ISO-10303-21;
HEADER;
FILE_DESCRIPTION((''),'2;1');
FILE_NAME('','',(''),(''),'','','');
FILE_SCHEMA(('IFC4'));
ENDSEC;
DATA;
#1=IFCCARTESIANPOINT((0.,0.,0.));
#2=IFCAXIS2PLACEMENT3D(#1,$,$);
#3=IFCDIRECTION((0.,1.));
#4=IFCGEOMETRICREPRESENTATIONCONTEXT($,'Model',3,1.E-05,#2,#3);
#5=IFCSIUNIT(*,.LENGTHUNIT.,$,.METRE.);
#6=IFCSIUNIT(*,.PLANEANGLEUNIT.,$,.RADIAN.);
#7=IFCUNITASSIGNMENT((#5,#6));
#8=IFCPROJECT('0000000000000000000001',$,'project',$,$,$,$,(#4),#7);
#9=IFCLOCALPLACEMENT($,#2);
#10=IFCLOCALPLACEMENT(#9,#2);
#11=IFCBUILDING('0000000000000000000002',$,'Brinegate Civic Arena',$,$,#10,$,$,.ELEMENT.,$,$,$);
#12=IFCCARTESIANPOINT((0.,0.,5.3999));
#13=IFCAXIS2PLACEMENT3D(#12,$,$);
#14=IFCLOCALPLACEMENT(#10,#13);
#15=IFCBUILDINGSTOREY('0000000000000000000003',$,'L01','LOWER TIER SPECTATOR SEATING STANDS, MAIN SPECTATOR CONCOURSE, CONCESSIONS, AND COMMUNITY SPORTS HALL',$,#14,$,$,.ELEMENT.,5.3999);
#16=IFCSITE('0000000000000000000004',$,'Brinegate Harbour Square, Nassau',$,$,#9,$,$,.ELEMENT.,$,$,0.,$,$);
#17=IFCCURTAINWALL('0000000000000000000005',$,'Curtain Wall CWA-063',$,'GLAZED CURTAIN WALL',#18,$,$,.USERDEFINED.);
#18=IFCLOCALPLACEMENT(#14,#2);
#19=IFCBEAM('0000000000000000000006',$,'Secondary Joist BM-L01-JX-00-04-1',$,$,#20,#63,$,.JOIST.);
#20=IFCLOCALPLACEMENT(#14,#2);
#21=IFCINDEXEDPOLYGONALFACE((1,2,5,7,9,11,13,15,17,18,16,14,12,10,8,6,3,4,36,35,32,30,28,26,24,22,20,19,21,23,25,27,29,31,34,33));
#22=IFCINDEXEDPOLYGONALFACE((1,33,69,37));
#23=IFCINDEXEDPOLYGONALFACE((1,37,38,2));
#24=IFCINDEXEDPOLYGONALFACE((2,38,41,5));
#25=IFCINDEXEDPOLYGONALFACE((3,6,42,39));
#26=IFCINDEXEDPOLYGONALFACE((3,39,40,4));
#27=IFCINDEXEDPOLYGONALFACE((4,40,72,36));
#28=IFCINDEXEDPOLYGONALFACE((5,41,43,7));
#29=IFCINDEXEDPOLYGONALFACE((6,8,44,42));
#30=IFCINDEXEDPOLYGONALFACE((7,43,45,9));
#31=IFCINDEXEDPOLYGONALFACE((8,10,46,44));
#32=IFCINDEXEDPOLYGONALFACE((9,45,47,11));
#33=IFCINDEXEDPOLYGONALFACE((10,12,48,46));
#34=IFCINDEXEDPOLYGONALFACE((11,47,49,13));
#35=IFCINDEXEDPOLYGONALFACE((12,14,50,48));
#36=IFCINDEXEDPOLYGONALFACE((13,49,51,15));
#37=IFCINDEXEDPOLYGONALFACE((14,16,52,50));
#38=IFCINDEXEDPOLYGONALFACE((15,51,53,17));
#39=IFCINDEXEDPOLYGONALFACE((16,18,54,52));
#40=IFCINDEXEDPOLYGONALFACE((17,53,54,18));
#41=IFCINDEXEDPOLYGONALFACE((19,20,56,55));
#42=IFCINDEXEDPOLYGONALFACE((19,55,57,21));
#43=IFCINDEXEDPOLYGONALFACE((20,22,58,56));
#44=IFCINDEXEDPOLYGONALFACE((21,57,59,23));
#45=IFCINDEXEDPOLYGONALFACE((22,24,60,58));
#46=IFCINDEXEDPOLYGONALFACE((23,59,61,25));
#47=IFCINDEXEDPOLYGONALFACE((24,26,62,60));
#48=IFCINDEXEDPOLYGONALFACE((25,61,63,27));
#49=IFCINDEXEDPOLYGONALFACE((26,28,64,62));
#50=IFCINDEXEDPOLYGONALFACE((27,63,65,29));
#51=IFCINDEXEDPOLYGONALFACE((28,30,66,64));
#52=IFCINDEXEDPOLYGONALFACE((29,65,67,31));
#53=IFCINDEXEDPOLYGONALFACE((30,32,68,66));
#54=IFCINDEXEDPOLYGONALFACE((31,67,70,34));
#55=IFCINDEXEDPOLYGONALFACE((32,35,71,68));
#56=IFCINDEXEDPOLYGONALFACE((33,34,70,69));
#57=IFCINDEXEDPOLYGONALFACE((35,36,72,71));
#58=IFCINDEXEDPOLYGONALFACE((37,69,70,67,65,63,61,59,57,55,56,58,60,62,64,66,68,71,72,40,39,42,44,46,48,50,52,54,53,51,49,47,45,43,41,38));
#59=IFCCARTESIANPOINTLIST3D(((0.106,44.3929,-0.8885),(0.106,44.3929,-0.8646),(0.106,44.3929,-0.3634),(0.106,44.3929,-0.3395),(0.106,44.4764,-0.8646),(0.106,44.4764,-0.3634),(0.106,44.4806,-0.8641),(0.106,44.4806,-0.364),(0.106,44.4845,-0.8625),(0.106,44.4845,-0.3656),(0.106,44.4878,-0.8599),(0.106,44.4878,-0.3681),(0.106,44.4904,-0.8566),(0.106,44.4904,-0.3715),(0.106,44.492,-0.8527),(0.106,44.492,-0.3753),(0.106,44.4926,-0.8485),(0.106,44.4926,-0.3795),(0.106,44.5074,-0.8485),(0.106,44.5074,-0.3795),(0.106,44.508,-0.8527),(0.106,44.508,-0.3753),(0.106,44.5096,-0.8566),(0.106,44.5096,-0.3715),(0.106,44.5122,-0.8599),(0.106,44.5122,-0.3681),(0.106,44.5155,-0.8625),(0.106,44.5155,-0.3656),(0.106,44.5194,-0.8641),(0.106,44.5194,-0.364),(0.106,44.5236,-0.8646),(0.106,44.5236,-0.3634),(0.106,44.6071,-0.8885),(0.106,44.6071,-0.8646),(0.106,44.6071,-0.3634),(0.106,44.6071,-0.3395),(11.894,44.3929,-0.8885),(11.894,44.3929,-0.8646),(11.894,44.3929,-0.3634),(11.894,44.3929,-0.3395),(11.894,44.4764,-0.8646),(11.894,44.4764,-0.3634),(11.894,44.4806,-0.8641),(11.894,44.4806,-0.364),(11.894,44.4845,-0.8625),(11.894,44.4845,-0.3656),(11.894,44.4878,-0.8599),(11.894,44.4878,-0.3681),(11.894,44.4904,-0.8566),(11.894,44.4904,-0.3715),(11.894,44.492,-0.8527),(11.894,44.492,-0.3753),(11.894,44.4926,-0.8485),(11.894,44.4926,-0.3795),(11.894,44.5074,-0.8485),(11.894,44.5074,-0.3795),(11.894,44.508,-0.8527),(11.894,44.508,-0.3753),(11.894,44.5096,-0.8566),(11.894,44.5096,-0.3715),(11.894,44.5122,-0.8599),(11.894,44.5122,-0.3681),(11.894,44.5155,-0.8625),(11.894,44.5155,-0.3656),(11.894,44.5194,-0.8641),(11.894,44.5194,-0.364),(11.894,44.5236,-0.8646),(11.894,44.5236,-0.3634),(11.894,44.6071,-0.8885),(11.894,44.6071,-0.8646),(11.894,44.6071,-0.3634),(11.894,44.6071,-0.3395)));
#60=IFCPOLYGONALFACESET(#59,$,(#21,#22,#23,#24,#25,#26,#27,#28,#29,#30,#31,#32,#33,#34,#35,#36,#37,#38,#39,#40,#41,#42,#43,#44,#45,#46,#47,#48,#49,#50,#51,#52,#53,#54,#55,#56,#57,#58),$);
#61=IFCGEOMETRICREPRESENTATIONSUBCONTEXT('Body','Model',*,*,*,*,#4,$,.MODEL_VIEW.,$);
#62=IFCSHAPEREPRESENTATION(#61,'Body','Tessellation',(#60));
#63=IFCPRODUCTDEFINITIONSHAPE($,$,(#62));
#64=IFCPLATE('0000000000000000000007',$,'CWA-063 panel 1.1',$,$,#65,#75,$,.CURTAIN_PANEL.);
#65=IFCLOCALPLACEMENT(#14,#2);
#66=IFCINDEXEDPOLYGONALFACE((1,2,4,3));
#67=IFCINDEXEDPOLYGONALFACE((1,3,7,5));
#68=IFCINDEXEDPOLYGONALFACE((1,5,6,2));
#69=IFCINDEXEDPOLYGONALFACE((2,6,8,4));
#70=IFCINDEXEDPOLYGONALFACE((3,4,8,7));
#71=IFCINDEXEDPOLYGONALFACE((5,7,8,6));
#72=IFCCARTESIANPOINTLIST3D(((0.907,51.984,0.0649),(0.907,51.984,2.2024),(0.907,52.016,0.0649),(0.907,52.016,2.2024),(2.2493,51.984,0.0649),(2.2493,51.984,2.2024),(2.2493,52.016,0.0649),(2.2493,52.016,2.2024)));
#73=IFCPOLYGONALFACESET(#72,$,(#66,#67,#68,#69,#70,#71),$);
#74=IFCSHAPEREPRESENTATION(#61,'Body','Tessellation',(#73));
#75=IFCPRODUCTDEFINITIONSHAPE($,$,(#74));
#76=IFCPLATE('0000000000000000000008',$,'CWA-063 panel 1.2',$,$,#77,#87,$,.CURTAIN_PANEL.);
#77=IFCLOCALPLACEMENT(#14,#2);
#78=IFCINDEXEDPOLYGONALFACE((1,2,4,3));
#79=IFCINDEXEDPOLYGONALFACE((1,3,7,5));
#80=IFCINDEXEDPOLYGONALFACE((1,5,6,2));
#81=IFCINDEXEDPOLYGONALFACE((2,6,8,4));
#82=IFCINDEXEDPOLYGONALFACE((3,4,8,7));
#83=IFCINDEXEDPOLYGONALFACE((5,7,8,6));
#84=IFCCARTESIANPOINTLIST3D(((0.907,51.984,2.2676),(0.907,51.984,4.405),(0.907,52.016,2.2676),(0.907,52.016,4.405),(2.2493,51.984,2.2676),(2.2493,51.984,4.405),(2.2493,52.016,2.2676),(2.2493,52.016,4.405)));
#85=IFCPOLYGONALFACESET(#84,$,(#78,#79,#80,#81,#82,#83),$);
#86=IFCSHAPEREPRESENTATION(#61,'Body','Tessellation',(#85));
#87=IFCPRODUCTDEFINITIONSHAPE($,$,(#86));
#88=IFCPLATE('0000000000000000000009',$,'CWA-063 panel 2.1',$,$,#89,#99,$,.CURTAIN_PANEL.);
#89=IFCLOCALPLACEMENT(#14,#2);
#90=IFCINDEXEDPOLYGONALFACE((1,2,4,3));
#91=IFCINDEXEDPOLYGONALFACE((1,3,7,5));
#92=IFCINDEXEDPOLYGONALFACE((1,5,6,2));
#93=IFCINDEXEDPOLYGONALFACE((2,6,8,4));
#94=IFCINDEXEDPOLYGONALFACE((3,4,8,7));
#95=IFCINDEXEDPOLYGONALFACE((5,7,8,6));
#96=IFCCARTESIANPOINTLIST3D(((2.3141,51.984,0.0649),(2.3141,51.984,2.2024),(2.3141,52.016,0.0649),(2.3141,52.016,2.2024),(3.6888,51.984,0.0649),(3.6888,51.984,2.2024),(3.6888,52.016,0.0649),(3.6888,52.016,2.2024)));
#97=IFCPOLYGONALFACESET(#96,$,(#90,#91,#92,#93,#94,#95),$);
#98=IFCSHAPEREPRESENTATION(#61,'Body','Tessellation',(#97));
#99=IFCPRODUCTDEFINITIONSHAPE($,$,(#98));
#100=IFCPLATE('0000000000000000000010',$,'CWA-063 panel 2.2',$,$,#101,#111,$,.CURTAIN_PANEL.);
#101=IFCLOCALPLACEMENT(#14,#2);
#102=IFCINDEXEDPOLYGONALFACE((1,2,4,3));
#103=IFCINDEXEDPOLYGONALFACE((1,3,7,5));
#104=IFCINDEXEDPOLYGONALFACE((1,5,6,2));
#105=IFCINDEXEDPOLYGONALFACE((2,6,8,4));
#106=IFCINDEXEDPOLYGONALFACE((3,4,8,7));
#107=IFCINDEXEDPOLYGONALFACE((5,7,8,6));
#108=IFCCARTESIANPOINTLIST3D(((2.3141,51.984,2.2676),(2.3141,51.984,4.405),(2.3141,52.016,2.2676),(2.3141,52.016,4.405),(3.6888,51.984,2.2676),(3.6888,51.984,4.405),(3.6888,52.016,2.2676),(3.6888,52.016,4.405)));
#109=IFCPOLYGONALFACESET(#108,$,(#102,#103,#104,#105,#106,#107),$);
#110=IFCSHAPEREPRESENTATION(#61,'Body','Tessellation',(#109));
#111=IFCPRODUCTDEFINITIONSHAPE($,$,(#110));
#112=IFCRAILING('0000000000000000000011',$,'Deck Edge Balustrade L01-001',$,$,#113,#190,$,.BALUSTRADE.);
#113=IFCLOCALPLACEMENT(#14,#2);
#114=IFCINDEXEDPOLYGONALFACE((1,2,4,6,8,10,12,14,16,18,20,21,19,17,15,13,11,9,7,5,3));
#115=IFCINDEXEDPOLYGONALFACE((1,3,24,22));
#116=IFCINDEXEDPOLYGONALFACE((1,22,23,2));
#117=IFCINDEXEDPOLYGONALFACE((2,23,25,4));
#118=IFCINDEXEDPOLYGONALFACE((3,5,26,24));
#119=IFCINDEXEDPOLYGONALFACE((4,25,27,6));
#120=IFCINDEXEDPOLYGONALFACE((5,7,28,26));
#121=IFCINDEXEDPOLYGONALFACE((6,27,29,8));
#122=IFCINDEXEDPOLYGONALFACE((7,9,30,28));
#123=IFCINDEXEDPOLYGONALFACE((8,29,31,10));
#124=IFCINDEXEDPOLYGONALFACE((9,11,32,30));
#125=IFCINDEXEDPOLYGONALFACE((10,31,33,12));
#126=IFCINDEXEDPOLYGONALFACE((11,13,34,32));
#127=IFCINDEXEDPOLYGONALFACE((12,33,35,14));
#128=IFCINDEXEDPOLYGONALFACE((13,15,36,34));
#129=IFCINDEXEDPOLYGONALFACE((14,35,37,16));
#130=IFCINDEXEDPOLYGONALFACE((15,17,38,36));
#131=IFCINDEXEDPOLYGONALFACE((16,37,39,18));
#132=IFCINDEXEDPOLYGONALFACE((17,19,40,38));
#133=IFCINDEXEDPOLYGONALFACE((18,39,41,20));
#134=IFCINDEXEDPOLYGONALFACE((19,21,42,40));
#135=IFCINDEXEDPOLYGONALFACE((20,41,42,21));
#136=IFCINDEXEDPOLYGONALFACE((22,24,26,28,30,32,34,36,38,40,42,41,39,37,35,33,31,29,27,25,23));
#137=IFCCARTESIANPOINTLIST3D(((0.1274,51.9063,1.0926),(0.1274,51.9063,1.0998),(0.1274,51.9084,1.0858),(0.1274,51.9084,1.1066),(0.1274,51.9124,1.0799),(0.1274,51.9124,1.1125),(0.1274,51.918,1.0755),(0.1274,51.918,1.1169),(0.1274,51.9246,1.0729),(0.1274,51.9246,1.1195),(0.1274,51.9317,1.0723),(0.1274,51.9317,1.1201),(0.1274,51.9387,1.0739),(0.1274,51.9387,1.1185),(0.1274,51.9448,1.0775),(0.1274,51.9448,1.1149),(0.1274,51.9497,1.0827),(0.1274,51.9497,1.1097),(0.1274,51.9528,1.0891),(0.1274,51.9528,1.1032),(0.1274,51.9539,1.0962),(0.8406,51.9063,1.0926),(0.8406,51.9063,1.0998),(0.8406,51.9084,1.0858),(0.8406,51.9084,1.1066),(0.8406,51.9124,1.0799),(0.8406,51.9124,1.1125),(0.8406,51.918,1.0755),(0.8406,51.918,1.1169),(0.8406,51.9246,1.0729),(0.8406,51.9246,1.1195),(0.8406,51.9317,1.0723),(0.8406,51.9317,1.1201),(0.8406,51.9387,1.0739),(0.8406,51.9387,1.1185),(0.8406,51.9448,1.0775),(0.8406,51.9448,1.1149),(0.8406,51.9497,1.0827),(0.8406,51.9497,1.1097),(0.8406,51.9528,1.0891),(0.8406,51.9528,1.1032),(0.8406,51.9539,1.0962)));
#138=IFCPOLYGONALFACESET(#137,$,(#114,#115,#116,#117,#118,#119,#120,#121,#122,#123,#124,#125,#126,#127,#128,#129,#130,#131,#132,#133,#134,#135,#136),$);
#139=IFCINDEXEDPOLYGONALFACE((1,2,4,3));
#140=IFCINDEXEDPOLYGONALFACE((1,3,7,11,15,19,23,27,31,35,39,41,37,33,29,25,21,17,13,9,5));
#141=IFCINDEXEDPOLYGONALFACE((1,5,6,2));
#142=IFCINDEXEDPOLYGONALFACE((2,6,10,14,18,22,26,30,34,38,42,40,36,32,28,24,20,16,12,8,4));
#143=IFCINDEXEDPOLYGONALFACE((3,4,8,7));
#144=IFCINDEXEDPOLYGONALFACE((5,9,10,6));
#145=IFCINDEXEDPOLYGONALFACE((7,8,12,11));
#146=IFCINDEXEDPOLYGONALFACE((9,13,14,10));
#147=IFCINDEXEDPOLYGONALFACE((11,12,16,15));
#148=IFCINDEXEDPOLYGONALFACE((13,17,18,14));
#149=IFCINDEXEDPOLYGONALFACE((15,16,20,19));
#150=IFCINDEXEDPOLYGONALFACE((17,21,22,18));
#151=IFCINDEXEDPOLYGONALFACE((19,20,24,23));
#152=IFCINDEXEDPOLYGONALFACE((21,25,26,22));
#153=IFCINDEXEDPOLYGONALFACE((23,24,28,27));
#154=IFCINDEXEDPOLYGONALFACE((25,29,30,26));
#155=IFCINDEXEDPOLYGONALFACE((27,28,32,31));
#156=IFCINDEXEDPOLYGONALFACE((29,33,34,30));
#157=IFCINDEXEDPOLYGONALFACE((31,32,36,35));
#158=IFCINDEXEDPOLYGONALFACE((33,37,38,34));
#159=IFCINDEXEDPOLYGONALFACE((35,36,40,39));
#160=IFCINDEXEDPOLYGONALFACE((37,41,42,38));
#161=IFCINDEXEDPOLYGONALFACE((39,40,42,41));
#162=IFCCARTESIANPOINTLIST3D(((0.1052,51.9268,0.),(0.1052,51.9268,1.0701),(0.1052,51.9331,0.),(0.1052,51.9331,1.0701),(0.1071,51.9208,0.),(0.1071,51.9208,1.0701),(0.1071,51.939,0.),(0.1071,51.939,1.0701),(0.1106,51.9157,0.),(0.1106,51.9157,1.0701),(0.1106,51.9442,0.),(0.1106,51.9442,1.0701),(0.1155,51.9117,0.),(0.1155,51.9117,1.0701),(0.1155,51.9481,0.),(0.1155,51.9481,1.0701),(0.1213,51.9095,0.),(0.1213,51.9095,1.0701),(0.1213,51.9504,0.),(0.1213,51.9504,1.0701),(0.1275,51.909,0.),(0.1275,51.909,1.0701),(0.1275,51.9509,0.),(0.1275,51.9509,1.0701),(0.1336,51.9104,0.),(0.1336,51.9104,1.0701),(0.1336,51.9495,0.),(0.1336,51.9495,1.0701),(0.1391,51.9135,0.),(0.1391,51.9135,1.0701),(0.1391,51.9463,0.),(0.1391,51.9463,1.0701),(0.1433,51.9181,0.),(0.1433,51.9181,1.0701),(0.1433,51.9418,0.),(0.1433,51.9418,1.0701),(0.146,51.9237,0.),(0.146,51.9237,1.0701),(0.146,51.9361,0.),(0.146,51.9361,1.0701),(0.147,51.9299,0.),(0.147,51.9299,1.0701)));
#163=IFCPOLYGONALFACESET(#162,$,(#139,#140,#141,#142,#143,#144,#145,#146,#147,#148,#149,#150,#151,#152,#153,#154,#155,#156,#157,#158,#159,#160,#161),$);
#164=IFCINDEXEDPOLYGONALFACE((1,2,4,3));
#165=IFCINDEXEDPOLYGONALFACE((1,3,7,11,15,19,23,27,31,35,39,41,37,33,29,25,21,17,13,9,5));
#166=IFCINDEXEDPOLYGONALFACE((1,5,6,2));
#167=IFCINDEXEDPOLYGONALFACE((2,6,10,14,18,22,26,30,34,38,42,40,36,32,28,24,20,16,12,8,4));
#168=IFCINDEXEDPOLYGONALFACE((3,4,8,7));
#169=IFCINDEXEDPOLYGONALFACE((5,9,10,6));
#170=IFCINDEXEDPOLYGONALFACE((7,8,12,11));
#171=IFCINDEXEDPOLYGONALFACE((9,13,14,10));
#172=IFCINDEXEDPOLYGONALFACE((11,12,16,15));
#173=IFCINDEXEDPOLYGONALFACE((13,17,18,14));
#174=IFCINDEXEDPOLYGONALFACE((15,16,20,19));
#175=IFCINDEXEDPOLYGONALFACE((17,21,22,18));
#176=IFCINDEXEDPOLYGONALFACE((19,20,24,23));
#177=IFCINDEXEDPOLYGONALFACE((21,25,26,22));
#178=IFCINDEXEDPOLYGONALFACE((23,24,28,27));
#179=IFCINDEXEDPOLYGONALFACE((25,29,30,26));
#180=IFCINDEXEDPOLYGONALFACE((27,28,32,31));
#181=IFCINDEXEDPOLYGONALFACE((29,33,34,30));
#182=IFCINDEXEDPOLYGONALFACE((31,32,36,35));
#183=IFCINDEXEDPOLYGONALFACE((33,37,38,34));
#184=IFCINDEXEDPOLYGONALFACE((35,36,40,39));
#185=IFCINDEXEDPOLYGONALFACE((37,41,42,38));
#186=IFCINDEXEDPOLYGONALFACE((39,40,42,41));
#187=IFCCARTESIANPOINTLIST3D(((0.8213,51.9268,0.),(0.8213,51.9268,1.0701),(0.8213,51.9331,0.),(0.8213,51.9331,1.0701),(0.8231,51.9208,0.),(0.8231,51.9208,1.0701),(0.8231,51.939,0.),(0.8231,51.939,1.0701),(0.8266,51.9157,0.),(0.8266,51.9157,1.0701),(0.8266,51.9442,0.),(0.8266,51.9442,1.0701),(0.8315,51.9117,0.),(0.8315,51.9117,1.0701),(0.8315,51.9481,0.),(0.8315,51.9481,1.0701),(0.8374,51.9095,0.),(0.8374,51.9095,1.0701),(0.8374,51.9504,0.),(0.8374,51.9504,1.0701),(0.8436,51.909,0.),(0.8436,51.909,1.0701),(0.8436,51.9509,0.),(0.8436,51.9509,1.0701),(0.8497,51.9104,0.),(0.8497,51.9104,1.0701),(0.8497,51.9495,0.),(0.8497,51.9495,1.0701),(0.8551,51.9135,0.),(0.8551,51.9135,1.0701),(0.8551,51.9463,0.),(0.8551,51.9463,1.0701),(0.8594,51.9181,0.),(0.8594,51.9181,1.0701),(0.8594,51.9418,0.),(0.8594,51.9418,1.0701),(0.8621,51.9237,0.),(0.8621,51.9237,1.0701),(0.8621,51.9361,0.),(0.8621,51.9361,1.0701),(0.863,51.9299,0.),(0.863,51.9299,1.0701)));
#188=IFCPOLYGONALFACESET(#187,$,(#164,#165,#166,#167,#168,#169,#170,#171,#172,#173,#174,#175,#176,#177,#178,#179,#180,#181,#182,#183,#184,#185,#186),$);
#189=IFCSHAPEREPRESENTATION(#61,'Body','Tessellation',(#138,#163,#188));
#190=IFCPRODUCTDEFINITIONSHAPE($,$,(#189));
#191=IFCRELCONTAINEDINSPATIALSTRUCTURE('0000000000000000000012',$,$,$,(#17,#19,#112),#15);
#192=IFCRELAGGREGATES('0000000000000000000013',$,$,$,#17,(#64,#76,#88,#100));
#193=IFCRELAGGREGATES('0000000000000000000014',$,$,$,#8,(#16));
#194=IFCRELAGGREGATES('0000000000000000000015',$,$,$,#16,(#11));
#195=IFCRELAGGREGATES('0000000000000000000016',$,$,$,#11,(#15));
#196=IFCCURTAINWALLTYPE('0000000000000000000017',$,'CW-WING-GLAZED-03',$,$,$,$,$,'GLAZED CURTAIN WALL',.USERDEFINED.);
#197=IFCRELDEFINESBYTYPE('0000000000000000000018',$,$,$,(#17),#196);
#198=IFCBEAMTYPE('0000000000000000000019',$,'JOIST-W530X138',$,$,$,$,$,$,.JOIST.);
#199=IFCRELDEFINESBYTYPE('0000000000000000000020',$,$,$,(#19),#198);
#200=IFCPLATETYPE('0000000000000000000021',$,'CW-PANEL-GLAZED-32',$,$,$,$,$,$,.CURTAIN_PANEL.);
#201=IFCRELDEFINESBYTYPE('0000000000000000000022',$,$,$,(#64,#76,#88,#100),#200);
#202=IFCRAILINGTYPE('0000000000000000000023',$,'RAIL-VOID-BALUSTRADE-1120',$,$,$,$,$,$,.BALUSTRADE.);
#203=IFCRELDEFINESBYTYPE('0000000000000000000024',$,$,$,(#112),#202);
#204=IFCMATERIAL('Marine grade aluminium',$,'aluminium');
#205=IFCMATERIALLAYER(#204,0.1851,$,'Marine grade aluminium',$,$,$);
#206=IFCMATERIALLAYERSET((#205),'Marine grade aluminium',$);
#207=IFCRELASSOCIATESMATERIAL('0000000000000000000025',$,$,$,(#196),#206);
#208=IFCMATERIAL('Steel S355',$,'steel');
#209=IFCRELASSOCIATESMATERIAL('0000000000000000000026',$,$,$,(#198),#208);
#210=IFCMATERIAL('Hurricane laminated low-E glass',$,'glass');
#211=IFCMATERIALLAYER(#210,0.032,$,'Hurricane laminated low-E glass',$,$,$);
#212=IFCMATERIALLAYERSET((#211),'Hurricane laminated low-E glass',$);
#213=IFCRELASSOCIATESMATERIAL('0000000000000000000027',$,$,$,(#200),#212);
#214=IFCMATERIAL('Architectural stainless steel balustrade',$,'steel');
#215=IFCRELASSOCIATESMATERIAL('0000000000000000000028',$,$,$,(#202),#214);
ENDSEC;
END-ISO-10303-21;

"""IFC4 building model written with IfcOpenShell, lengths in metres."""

from ifc_helpers import new_model, si_unit, direction, frame, origin, origin_2d, place, context, subcontext, project, spatial, rectangle, circle, i_section, extrude, material, layer, layer_set, material_profile, profile_set, type_object, element, aggregate, save


model = new_model("IFC4")

# Units and contexts
model_context = context("Model", 3, precision=1e-05, world=origin(), true_north=direction((0.0, 1.0)))
body_context = subcontext(model_context, "Body", "Model", "MODEL_VIEW")
ifc_project = project(units=[si_unit("LENGTHUNIT", "METRE"), si_unit("PLANEANGLEUNIT", "RADIAN")], contexts=[model_context])

# Site, building, storey
site_placement = place(None, origin())
site = spatial("IfcSite", under=ifc_project, at=site_placement, Name="Brinegate Harbour Square, Nassau", CompositionType="ELEMENT", RefElevation=0.0)
building_placement = place(site_placement, origin())
building = spatial("IfcBuilding", under=site, at=building_placement, Name="Brinegate Civic Arena", CompositionType="ELEMENT")
storey_placement = place(building_placement, frame((0.0, 0.0, 5.3999)))
storey = spatial("IfcBuildingStorey", under=building, at=storey_placement, Name="L01", Description="LOWER TIER SPECTATOR SEATING STANDS, MAIN SPECTATOR CONCOURSE, CONCESSIONS, AND COMMUNITY SPORTS HALL", CompositionType="ELEMENT", Elevation=5.3999)

# Curtain wall
ifc_material_1 = material(Name="Marine grade aluminium", Category="aluminium")
ifc_layer_1 = layer(ifc_material_1, 0.1851, Name="Marine grade aluminium")
ifc_layer_set_1 = layer_set([ifc_layer_1], Name="Marine grade aluminium")
curtain_wall_type = type_object("IfcCurtainWallType", Name="CW-WING-GLAZED-03", ElementType="GLAZED CURTAIN WALL", PredefinedType="USERDEFINED", material=ifc_layer_set_1)
curtain_wall_placement = place(storey_placement, origin())
curtain_wall = element("IfcCurtainWall", 1, at=curtain_wall_placement, inside=storey, type_object=curtain_wall_type, Name="Curtain Wall CWA-063", ObjectType="GLAZED CURTAIN WALL", PredefinedType="USERDEFINED")

# Beam
ifc_material_2 = material(Name="Steel S355", Category="steel")
ifc_material_profile_1 = material_profile(ifc_material_2, i_section(OverallWidth=0.2141, OverallDepth=0.5491, WebThickness=0.0149, FlangeThickness=0.0239, FilletRadius=0.0161, at=origin_2d()), Name="W530X138")
ifc_profile_set_1 = profile_set([ifc_material_profile_1], Name="Steel S355")
beam_type_1 = type_object("IfcBeamType", Name="JOIST-W530X138", PredefinedType="JOIST", material=ifc_profile_set_1)
beam_1_placement = place(storey_placement, frame((0.106, 44.5, -0.614), z_axis=(1.0, 0.0, 0.0), x_axis=(0.0, 1.0, 0.0)))
element("IfcBeam", 2, at=beam_1_placement, inside=storey, type_object=beam_type_1, Name="Secondary Joist BM-L01-JX-00-04-1", PredefinedType="JOIST", context=body_context, shape_type="SweptSolid", body=[
    extrude(i_section(OverallWidth=0.2141, OverallDepth=0.5491, WebThickness=0.0149, FlangeThickness=0.0239, FilletRadius=0.0161, at=origin_2d()), origin(), (0.0, 0.0, 1.0), 11.7881),
])

# Plates
ifc_material_3 = material(Name="Hurricane laminated low-E glass", Category="glass")
ifc_layer_2 = layer(ifc_material_3, 0.032, Name="Hurricane laminated low-E glass")
ifc_layer_set_2 = layer_set([ifc_layer_2], Name="Hurricane laminated low-E glass")
plate_type = type_object("IfcPlateType", Name="CW-PANEL-GLAZED-32", PredefinedType="CURTAIN_PANEL", material=ifc_layer_set_2)
plate_1_placement = place(storey_placement, frame((1.5781, 52.0, 0.0649), z_axis=(0.0, 0.0, 1.0), x_axis=(1.0, 0.0, 0.0)))
plate_1 = element("IfcPlate", 3, at=plate_1_placement, type_object=plate_type, Name="CWA-063 panel 1.1", PredefinedType="CURTAIN_PANEL", context=body_context, shape_type="SweptSolid", body=[
    extrude(rectangle(XDim=1.3423, YDim=0.032, at=origin_2d()), origin(), (0.0, 0.0, 1.0), 2.1375),
])
plate_2_placement = place(storey_placement, frame((1.5781, 52.0, 2.2676), z_axis=(0.0, 0.0, 1.0), x_axis=(1.0, 0.0, 0.0)))
plate_2 = element("IfcPlate", 4, at=plate_2_placement, type_object=plate_type, Name="CWA-063 panel 1.2", PredefinedType="CURTAIN_PANEL", context=body_context, shape_type="SweptSolid", body=[
    extrude(rectangle(XDim=1.3423, YDim=0.032, at=origin_2d()), origin(), (0.0, 0.0, 1.0), 2.1375),
])
plate_3_placement = place(storey_placement, frame((3.0015, 52.0, 0.0649), z_axis=(0.0, 0.0, 1.0), x_axis=(1.0, 0.0, 0.0)))
plate_3 = element("IfcPlate", 5, at=plate_3_placement, type_object=plate_type, Name="CWA-063 panel 2.1", PredefinedType="CURTAIN_PANEL", context=body_context, shape_type="SweptSolid", body=[
    extrude(rectangle(XDim=1.3748, YDim=0.032, at=origin_2d()), origin(), (0.0, 0.0, 1.0), 2.1375),
])
plate_4_placement = place(storey_placement, frame((3.0015, 52.0, 2.2676), z_axis=(0.0, 0.0, 1.0), x_axis=(1.0, 0.0, 0.0)))
plate_4 = element("IfcPlate", 6, at=plate_4_placement, type_object=plate_type, Name="CWA-063 panel 2.2", PredefinedType="CURTAIN_PANEL", context=body_context, shape_type="SweptSolid", body=[
    extrude(rectangle(XDim=1.3748, YDim=0.032, at=origin_2d()), origin(), (0.0, 0.0, 1.0), 2.1375),
])
aggregate(curtain_wall, [plate_1, plate_2, plate_3, plate_4])

# Railing
ifc_material_4 = material(Name="Architectural stainless steel balustrade", Category="steel")
railing_type = type_object("IfcRailingType", Name="RAIL-VOID-BALUSTRADE-1120", PredefinedType="BALUSTRADE", material=ifc_material_4)
railing_placement = place(storey_placement, frame((0.126, 51.9299, 0.0)))
element("IfcRailing", 7, at=railing_placement, inside=storey, type_object=railing_type, Name="Deck Edge Balustrade L01-001", PredefinedType="BALUSTRADE", context=body_context, shape_type="SweptSolid", body=[
    extrude(circle(Radius=0.0239, at=origin_2d()), frame((0.0015, 0.0, 1.0962), z_axis=(1.0, 0.0, 0.0), x_axis=(0.0, 1.0, 0.0)), (0.0, 0.0, 1.0), 0.7131),
    extrude(circle(Radius=0.021, at=origin_2d()), origin(), (0.0, 0.0, 1.0), 1.0701),
    extrude(circle(Radius=0.021, at=origin_2d()), frame((0.7161, 0.0, 0.0)), (0.0, 0.0, 1.0), 1.0701),
])

save(model, "model.ifc")
